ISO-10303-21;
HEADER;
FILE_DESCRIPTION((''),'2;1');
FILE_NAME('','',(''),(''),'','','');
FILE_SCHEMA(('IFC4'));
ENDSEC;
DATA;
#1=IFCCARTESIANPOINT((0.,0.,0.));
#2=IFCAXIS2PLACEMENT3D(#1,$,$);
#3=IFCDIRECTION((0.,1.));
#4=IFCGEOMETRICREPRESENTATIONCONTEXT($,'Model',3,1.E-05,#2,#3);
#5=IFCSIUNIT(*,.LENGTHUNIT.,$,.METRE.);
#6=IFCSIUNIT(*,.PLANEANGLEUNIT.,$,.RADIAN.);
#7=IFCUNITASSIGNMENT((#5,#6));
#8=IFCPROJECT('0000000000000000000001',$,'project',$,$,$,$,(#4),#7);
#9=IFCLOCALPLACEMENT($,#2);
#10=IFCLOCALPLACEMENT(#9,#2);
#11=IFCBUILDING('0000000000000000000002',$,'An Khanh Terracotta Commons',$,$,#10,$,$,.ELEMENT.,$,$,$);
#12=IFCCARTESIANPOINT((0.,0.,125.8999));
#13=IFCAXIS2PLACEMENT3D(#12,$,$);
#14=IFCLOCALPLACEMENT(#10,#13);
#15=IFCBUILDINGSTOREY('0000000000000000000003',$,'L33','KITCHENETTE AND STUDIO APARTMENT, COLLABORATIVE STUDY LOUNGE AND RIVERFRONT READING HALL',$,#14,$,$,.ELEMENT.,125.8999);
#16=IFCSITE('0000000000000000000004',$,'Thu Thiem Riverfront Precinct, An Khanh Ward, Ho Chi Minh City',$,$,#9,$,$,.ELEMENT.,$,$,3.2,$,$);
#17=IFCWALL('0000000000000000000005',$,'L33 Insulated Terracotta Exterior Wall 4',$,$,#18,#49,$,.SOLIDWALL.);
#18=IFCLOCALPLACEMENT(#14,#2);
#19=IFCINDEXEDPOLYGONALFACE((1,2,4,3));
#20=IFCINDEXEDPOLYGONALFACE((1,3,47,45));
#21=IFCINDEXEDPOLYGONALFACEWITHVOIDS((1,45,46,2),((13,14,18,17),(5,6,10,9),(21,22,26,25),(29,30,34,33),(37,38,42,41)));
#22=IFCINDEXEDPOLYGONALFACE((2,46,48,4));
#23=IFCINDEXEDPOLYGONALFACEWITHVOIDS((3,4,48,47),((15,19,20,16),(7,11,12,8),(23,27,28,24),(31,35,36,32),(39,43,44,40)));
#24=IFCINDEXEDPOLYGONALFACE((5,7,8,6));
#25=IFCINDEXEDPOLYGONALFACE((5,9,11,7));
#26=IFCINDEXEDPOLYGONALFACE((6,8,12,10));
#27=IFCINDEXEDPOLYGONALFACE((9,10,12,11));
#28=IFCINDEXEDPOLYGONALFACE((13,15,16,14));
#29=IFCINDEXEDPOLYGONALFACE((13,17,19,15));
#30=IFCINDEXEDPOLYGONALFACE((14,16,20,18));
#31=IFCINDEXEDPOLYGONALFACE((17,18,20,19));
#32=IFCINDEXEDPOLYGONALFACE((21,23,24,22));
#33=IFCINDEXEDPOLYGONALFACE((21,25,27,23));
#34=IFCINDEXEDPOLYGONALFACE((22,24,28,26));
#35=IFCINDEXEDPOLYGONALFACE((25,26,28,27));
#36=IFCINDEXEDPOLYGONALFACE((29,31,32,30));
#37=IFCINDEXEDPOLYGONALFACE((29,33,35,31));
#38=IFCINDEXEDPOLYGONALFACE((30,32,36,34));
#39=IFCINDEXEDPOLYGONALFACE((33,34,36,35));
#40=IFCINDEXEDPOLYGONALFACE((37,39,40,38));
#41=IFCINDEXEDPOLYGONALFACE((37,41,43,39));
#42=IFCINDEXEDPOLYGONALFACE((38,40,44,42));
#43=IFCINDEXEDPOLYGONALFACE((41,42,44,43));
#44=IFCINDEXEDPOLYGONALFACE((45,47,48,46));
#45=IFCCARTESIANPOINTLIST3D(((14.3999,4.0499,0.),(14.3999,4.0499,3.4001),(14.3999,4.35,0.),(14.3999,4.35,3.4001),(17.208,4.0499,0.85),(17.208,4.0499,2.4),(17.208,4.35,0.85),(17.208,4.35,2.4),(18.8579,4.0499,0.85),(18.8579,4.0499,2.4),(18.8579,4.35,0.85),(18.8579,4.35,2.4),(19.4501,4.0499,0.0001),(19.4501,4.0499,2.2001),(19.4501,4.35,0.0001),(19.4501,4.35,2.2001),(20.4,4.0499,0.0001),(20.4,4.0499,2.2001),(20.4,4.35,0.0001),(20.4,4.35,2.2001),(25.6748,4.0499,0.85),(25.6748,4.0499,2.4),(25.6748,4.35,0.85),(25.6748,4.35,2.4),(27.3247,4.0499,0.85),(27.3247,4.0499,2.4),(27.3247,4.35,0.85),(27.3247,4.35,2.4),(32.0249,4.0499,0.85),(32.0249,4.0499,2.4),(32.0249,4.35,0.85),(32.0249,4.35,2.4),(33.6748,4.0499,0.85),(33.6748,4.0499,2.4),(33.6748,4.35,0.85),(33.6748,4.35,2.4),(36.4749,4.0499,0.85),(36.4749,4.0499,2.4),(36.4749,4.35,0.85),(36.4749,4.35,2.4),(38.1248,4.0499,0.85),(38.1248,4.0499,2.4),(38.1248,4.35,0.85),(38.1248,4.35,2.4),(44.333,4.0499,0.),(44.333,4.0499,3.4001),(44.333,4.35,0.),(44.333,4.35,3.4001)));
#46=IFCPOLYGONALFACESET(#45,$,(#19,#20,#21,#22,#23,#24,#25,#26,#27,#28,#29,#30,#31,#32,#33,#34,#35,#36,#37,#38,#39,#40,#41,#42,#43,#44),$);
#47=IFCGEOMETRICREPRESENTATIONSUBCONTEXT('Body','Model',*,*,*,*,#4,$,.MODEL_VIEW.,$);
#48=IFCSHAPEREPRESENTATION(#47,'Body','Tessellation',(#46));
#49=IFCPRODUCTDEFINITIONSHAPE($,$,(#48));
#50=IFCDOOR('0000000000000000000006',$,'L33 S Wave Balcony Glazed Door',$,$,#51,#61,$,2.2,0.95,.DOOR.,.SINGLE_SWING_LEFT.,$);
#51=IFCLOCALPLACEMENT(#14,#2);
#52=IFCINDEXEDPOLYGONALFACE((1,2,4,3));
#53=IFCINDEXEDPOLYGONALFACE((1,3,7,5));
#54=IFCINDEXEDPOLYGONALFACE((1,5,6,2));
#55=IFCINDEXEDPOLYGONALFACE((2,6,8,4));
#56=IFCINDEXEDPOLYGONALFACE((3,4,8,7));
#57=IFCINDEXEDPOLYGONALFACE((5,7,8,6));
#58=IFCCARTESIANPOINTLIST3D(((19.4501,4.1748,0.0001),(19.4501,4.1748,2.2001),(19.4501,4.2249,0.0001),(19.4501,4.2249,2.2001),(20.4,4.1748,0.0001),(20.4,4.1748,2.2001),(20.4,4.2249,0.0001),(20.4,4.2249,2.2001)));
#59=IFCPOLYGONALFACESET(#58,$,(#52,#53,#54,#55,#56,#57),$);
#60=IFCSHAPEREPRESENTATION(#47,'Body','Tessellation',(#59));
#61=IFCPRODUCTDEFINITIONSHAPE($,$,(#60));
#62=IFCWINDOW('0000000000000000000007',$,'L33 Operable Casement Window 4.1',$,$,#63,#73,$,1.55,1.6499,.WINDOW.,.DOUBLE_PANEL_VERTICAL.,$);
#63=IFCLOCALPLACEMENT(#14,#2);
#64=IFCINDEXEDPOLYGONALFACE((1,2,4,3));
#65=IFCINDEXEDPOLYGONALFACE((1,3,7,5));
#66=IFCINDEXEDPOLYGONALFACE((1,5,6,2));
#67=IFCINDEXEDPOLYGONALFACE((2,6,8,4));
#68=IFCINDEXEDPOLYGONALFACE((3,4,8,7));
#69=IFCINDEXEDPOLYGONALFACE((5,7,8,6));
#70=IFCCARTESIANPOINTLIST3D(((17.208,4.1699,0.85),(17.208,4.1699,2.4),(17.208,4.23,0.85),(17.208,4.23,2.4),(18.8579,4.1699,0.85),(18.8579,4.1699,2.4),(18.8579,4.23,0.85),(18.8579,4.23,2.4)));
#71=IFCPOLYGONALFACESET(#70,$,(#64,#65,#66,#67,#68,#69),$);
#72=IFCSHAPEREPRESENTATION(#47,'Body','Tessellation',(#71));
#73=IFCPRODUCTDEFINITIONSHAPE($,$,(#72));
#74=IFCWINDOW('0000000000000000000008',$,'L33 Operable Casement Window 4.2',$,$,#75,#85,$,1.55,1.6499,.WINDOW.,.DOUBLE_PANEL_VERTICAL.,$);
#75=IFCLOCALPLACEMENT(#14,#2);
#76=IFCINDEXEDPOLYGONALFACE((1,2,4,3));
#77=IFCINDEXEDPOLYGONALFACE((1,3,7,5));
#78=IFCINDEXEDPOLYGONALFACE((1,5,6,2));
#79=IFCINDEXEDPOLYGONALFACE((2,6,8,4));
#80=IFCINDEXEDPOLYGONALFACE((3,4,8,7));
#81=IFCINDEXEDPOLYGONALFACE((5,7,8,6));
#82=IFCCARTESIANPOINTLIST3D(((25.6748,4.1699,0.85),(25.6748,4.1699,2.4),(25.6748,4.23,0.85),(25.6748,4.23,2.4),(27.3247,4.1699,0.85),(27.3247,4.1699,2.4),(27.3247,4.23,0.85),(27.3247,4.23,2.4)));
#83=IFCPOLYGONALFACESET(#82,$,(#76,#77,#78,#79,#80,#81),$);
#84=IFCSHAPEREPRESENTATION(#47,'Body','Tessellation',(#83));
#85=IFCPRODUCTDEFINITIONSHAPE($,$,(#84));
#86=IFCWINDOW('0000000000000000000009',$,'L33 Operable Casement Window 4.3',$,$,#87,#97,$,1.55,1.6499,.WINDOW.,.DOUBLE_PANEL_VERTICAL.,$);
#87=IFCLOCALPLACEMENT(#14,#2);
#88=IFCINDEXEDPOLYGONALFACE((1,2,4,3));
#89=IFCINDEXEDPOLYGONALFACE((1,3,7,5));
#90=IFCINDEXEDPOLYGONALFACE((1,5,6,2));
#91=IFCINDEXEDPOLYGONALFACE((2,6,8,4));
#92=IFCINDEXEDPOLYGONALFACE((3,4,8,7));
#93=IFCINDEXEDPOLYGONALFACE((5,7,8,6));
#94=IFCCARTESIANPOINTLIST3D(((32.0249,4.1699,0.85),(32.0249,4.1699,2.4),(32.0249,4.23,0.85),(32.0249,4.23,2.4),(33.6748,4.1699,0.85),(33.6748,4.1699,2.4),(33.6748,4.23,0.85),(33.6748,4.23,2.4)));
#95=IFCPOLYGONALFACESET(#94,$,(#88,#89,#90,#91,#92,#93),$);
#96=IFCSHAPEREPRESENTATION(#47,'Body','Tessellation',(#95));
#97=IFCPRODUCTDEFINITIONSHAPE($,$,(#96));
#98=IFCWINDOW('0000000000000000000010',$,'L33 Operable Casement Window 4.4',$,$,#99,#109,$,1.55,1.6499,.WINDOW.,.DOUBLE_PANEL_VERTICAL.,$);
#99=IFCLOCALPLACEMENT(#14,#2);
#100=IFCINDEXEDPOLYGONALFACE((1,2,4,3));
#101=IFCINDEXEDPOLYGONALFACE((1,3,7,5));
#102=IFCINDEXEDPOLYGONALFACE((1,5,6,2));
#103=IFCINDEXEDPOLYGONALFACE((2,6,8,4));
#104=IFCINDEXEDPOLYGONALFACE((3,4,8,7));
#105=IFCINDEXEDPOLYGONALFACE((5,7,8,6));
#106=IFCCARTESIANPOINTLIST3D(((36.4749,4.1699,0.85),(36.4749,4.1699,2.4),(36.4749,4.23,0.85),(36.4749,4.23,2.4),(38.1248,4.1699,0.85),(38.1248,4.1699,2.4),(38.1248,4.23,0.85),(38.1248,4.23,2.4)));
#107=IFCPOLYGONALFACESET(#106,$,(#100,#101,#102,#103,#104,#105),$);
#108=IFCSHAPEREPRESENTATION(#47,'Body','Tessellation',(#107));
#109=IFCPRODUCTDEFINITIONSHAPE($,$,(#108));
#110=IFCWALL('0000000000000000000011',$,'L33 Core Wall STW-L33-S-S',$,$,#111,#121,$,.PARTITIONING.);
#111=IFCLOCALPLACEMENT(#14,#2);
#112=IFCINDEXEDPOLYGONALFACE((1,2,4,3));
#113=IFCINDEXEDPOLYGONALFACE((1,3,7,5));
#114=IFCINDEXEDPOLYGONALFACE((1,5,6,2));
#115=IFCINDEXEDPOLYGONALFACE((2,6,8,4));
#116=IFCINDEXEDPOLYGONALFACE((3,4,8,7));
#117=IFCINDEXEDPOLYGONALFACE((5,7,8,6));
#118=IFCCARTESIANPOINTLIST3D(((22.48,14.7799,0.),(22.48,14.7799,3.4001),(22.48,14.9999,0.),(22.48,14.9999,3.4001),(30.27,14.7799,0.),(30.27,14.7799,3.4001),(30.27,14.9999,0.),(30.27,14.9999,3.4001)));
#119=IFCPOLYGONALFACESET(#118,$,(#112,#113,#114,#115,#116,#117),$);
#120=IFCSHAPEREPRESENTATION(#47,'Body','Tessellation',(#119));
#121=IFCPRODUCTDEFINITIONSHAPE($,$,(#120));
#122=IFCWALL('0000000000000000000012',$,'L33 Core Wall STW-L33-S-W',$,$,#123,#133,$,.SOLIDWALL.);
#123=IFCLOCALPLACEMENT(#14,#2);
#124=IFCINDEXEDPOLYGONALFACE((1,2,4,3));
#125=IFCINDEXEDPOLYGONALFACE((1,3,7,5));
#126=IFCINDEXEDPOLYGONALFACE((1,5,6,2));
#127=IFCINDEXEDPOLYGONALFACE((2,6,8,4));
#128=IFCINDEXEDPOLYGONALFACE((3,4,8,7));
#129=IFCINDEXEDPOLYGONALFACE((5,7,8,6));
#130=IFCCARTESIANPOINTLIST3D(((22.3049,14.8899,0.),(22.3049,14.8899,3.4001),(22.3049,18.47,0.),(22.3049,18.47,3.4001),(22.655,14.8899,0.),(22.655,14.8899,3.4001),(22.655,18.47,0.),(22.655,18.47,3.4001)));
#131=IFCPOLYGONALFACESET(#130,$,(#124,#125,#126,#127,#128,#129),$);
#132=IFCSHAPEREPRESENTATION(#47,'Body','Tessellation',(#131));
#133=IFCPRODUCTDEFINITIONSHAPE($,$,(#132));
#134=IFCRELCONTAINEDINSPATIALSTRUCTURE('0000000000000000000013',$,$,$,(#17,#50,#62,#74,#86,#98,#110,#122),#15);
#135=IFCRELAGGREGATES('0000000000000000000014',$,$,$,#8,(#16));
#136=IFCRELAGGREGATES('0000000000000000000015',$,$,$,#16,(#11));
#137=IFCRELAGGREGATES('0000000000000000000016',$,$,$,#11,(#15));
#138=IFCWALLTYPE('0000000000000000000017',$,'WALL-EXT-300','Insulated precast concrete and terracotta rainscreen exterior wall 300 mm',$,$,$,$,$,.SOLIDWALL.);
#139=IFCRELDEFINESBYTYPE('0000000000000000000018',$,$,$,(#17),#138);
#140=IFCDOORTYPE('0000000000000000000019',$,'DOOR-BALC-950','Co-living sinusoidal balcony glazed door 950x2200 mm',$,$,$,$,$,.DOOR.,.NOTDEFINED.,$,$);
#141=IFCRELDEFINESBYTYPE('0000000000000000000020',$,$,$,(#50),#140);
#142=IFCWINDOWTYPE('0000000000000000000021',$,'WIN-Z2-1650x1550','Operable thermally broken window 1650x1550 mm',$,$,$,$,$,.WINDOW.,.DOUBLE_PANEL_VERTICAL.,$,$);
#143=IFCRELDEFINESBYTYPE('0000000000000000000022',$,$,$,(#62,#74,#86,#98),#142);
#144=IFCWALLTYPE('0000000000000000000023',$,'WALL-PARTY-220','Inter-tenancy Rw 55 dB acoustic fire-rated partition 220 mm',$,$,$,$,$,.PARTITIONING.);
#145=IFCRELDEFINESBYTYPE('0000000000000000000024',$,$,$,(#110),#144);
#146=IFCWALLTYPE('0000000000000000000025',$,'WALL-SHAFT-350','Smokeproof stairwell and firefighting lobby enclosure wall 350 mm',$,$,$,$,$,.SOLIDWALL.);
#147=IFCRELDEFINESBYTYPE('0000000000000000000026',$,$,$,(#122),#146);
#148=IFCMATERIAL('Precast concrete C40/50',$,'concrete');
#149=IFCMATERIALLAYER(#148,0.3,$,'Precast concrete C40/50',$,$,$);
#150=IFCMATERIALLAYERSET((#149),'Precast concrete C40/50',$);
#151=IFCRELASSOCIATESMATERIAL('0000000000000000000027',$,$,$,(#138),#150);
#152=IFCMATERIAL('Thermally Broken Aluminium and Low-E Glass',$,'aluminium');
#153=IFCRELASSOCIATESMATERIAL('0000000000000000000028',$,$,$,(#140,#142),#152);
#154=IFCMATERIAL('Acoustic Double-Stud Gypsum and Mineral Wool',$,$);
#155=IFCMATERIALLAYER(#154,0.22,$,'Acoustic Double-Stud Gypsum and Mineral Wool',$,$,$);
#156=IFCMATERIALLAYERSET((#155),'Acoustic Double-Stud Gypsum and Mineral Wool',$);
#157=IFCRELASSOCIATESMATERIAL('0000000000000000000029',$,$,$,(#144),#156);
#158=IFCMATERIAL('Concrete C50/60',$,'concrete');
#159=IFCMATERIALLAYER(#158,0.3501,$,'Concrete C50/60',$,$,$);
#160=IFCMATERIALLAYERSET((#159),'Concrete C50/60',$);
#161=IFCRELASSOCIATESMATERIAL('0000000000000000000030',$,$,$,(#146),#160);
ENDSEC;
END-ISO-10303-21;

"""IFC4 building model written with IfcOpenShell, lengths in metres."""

from ifc_helpers import new_model, si_unit, direction, frame, frame_2d, origin, place, context, subcontext, project, spatial, rectangle, extrude, material, layer, layer_set, type_object, element, fill, save


model = new_model("IFC4")

# Units and contexts
model_context = context("Model", 3, precision=1e-05, world=origin(), true_north=direction((0.0, 1.0)))
body_context = subcontext(model_context, "Body", "Model", "MODEL_VIEW")
ifc_project = project(units=[si_unit("LENGTHUNIT", "METRE"), si_unit("PLANEANGLEUNIT", "RADIAN")], contexts=[model_context])

# Site, building, storey
site_placement = place(None, origin())
site = spatial("IfcSite", under=ifc_project, at=site_placement, Name="Thu Thiem Riverfront Precinct, An Khanh Ward, Ho Chi Minh City", CompositionType="ELEMENT", RefElevation=3.2)
building_placement = place(site_placement, origin())
building = spatial("IfcBuilding", under=site, at=building_placement, Name="An Khanh Terracotta Commons", CompositionType="ELEMENT")
storey_placement = place(building_placement, frame((0.0, 0.0, 125.8999)))
storey = spatial("IfcBuildingStorey", under=building, at=storey_placement, Name="L33", Description="KITCHENETTE AND STUDIO APARTMENT, COLLABORATIVE STUDY LOUNGE AND RIVERFRONT READING HALL", CompositionType="ELEMENT", Elevation=125.8999)

# Shared definitions
ifc_material_1 = material(Name="Precast concrete C40/50", Category="concrete")
ifc_layer_1 = layer(ifc_material_1, 0.3, Name="Precast concrete C40/50")
ifc_layer_set_1 = layer_set([ifc_layer_1], Name="Precast concrete C40/50")
wall_type_1 = type_object("IfcWallType", Name="WALL-EXT-300", Description="Insulated precast concrete and terracotta rainscreen exterior wall 300 mm", PredefinedType="SOLIDWALL", material=ifc_layer_set_1)

# Wall, openings, door, windows
wall_1_placement = place(storey_placement, frame((14.3999, 4.2, 0.0), z_axis=(0.0, 0.0, 1.0), x_axis=(1.0, 0.0, 0.0)))
wall_1 = element("IfcWall", 1, at=wall_1_placement, inside=storey, type_object=wall_type_1, Name="L33 Insulated Terracotta Exterior Wall 4", PredefinedType="SOLIDWALL", context=body_context, shape_type="SweptSolid", body=[
    extrude(rectangle(XDim=29.9331, YDim=0.3, at=frame_2d((14.9666, 0.0))), origin(), (0.0, 0.0, 1.0), 3.4001),
])
opening_1_placement = place(wall_1_placement, frame((5.05, 0.0, 0.0)))
opening_1 = element("IfcOpeningElement", 2, at=opening_1_placement, cuts=wall_1, PredefinedType="OPENING", context=body_context, shape_type="SweptSolid", body=[
    extrude(rectangle(XDim=0.95, YDim=2.2, at=frame_2d((0.4751, 1.1001))), frame((0.0, 0.1599, 0.0), z_axis=(0.0, -1.0, 0.0), x_axis=(1.0, 0.0, 0.0)), (0.0, 0.0, 1.0), 0.3201),
])
opening_2_placement = place(wall_1_placement, frame((2.8081, 0.0, 0.8501)))
opening_2 = element("IfcOpeningElement", 3, at=opening_2_placement, cuts=wall_1, PredefinedType="OPENING", context=body_context, shape_type="SweptSolid", body=[
    extrude(rectangle(XDim=1.6499, YDim=1.55, at=frame_2d((0.825, 0.7749))), frame((0.0, 0.1599, 0.0), z_axis=(0.0, -1.0, 0.0), x_axis=(1.0, 0.0, 0.0)), (0.0, 0.0, 1.0), 0.3201),
])
opening_3_placement = place(wall_1_placement, frame((11.2749, 0.0, 0.8501)))
opening_3 = element("IfcOpeningElement", 4, at=opening_3_placement, cuts=wall_1, PredefinedType="OPENING", context=body_context, shape_type="SweptSolid", body=[
    extrude(rectangle(XDim=1.6499, YDim=1.55, at=frame_2d((0.825, 0.7749))), frame((0.0, 0.1599, 0.0), z_axis=(0.0, -1.0, 0.0), x_axis=(1.0, 0.0, 0.0)), (0.0, 0.0, 1.0), 0.3201),
])
opening_4_placement = place(wall_1_placement, frame((17.625, 0.0, 0.8501)))
opening_4 = element("IfcOpeningElement", 5, at=opening_4_placement, cuts=wall_1, PredefinedType="OPENING", context=body_context, shape_type="SweptSolid", body=[
    extrude(rectangle(XDim=1.6499, YDim=1.55, at=frame_2d((0.825, 0.7749))), frame((0.0, 0.1599, 0.0), z_axis=(0.0, -1.0, 0.0), x_axis=(1.0, 0.0, 0.0)), (0.0, 0.0, 1.0), 0.3201),
])
opening_5_placement = place(wall_1_placement, frame((22.075, 0.0, 0.8501)))
opening_5 = element("IfcOpeningElement", 6, at=opening_5_placement, cuts=wall_1, PredefinedType="OPENING", context=body_context, shape_type="SweptSolid", body=[
    extrude(rectangle(XDim=1.6499, YDim=1.55, at=frame_2d((0.825, 0.7749))), frame((0.0, 0.1599, 0.0), z_axis=(0.0, -1.0, 0.0), x_axis=(1.0, 0.0, 0.0)), (0.0, 0.0, 1.0), 0.3201),
])
ifc_material_2 = material(Name="Thermally Broken Aluminium and Low-E Glass", Category="aluminium")
door_type_1 = type_object("IfcDoorType", Name="DOOR-BALC-950", Description="Co-living sinusoidal balcony glazed door 950x2200 mm", OperationType="NOTDEFINED", PredefinedType="DOOR", material=ifc_material_2)
door_1_placement = place(opening_1_placement, origin())
door_1 = element("IfcDoor", 7, at=door_1_placement, inside=storey, type_object=door_type_1, Name="L33 S Wave Balcony Glazed Door", OperationType="SINGLE_SWING_LEFT", OverallHeight=2.2, OverallWidth=0.95, PredefinedType="DOOR", context=body_context, shape_type="SweptSolid", body=[
    extrude(rectangle(XDim=0.95, YDim=2.2, at=frame_2d((0.4751, 1.1001))), frame((0.0, 0.0249, 0.0), z_axis=(0.0, -1.0, 0.0), x_axis=(1.0, 0.0, 0.0)), (0.0, 0.0, 1.0), 0.05),
])
fill(opening_1, door_1)
window_type = type_object("IfcWindowType", Name="WIN-Z2-1650x1550", Description="Operable thermally broken window 1650x1550 mm", PartitioningType="DOUBLE_PANEL_VERTICAL", PredefinedType="WINDOW", material=ifc_material_2)
window_1_placement = place(opening_2_placement, origin())
window_1 = element("IfcWindow", 8, at=window_1_placement, inside=storey, type_object=window_type, Name="L33 Operable Casement Window 4.1", OverallHeight=1.55, OverallWidth=1.6499, PartitioningType="DOUBLE_PANEL_VERTICAL", PredefinedType="WINDOW", context=body_context, shape_type="SweptSolid", body=[
    extrude(rectangle(XDim=1.6499, YDim=1.55, at=frame_2d((0.825, 0.7749))), frame((0.0, 0.03, 0.0), z_axis=(0.0, -1.0, 0.0), x_axis=(1.0, 0.0, 0.0)), (0.0, 0.0, 1.0), 0.0601),
])
fill(opening_2, window_1)
window_2_placement = place(opening_3_placement, origin())
window_2 = element("IfcWindow", 9, at=window_2_placement, inside=storey, type_object=window_type, Name="L33 Operable Casement Window 4.2", OverallHeight=1.55, OverallWidth=1.6499, PartitioningType="DOUBLE_PANEL_VERTICAL", PredefinedType="WINDOW", context=body_context, shape_type="SweptSolid", body=[
    extrude(rectangle(XDim=1.6499, YDim=1.55, at=frame_2d((0.825, 0.7749))), frame((0.0, 0.03, 0.0), z_axis=(0.0, -1.0, 0.0), x_axis=(1.0, 0.0, 0.0)), (0.0, 0.0, 1.0), 0.0601),
])
fill(opening_3, window_2)
window_3_placement = place(opening_4_placement, origin())
window_3 = element("IfcWindow", 10, at=window_3_placement, inside=storey, type_object=window_type, Name="L33 Operable Casement Window 4.3", OverallHeight=1.55, OverallWidth=1.6499, PartitioningType="DOUBLE_PANEL_VERTICAL", PredefinedType="WINDOW", context=body_context, shape_type="SweptSolid", body=[
    extrude(rectangle(XDim=1.6499, YDim=1.55, at=frame_2d((0.825, 0.7749))), frame((0.0, 0.03, 0.0), z_axis=(0.0, -1.0, 0.0), x_axis=(1.0, 0.0, 0.0)), (0.0, 0.0, 1.0), 0.0601),
])
fill(opening_4, window_3)
window_4_placement = place(opening_5_placement, origin())
window_4 = element("IfcWindow", 11, at=window_4_placement, inside=storey, type_object=window_type, Name="L33 Operable Casement Window 4.4", OverallHeight=1.55, OverallWidth=1.6499, PartitioningType="DOUBLE_PANEL_VERTICAL", PredefinedType="WINDOW", context=body_context, shape_type="SweptSolid", body=[
    extrude(rectangle(XDim=1.6499, YDim=1.55, at=frame_2d((0.825, 0.7749))), frame((0.0, 0.03, 0.0), z_axis=(0.0, -1.0, 0.0), x_axis=(1.0, 0.0, 0.0)), (0.0, 0.0, 1.0), 0.0601),
])
fill(opening_5, window_4)

# Walls
ifc_material_3 = material(Name="Acoustic Double-Stud Gypsum and Mineral Wool")
ifc_layer_2 = layer(ifc_material_3, 0.22, Name="Acoustic Double-Stud Gypsum and Mineral Wool")
ifc_layer_set_2 = layer_set([ifc_layer_2], Name="Acoustic Double-Stud Gypsum and Mineral Wool")
wall_type_2 = type_object("IfcWallType", Name="WALL-PARTY-220", Description="Inter-tenancy Rw 55 dB acoustic fire-rated partition 220 mm", PredefinedType="PARTITIONING", material=ifc_layer_set_2)
wall_2_placement = place(storey_placement, frame((22.48, 14.8899, 0.0), z_axis=(0.0, 0.0, 1.0), x_axis=(1.0, 0.0, 0.0)))
element("IfcWall", 12, at=wall_2_placement, inside=storey, type_object=wall_type_2, Name="L33 Core Wall STW-L33-S-S", PredefinedType="PARTITIONING", context=body_context, shape_type="SweptSolid", body=[
    extrude(rectangle(XDim=7.79, YDim=0.22, at=frame_2d((3.895, 0.0))), origin(), (0.0, 0.0, 1.0), 3.4001),
])
ifc_material_4 = material(Name="Concrete C50/60", Category="concrete")
ifc_layer_3 = layer(ifc_material_4, 0.3501, Name="Concrete C50/60")
ifc_layer_set_3 = layer_set([ifc_layer_3], Name="Concrete C50/60")
wall_type_3 = type_object("IfcWallType", Name="WALL-SHAFT-350", Description="Smokeproof stairwell and firefighting lobby enclosure wall 350 mm", PredefinedType="SOLIDWALL", material=ifc_layer_set_3)
wall_3_placement = place(storey_placement, frame((22.48, 14.8899, 0.0), z_axis=(0.0, 0.0, 1.0), x_axis=(0.0, 1.0, 0.0)))
element("IfcWall", 13, at=wall_3_placement, inside=storey, type_object=wall_type_3, Name="L33 Core Wall STW-L33-S-W", PredefinedType="SOLIDWALL", context=body_context, shape_type="SweptSolid", body=[
    extrude(rectangle(XDim=3.5801, YDim=0.3501, at=frame_2d((1.79, 0.0))), origin(), (0.0, 0.0, 1.0), 3.4001),
])

save(model, "model.ifc")
